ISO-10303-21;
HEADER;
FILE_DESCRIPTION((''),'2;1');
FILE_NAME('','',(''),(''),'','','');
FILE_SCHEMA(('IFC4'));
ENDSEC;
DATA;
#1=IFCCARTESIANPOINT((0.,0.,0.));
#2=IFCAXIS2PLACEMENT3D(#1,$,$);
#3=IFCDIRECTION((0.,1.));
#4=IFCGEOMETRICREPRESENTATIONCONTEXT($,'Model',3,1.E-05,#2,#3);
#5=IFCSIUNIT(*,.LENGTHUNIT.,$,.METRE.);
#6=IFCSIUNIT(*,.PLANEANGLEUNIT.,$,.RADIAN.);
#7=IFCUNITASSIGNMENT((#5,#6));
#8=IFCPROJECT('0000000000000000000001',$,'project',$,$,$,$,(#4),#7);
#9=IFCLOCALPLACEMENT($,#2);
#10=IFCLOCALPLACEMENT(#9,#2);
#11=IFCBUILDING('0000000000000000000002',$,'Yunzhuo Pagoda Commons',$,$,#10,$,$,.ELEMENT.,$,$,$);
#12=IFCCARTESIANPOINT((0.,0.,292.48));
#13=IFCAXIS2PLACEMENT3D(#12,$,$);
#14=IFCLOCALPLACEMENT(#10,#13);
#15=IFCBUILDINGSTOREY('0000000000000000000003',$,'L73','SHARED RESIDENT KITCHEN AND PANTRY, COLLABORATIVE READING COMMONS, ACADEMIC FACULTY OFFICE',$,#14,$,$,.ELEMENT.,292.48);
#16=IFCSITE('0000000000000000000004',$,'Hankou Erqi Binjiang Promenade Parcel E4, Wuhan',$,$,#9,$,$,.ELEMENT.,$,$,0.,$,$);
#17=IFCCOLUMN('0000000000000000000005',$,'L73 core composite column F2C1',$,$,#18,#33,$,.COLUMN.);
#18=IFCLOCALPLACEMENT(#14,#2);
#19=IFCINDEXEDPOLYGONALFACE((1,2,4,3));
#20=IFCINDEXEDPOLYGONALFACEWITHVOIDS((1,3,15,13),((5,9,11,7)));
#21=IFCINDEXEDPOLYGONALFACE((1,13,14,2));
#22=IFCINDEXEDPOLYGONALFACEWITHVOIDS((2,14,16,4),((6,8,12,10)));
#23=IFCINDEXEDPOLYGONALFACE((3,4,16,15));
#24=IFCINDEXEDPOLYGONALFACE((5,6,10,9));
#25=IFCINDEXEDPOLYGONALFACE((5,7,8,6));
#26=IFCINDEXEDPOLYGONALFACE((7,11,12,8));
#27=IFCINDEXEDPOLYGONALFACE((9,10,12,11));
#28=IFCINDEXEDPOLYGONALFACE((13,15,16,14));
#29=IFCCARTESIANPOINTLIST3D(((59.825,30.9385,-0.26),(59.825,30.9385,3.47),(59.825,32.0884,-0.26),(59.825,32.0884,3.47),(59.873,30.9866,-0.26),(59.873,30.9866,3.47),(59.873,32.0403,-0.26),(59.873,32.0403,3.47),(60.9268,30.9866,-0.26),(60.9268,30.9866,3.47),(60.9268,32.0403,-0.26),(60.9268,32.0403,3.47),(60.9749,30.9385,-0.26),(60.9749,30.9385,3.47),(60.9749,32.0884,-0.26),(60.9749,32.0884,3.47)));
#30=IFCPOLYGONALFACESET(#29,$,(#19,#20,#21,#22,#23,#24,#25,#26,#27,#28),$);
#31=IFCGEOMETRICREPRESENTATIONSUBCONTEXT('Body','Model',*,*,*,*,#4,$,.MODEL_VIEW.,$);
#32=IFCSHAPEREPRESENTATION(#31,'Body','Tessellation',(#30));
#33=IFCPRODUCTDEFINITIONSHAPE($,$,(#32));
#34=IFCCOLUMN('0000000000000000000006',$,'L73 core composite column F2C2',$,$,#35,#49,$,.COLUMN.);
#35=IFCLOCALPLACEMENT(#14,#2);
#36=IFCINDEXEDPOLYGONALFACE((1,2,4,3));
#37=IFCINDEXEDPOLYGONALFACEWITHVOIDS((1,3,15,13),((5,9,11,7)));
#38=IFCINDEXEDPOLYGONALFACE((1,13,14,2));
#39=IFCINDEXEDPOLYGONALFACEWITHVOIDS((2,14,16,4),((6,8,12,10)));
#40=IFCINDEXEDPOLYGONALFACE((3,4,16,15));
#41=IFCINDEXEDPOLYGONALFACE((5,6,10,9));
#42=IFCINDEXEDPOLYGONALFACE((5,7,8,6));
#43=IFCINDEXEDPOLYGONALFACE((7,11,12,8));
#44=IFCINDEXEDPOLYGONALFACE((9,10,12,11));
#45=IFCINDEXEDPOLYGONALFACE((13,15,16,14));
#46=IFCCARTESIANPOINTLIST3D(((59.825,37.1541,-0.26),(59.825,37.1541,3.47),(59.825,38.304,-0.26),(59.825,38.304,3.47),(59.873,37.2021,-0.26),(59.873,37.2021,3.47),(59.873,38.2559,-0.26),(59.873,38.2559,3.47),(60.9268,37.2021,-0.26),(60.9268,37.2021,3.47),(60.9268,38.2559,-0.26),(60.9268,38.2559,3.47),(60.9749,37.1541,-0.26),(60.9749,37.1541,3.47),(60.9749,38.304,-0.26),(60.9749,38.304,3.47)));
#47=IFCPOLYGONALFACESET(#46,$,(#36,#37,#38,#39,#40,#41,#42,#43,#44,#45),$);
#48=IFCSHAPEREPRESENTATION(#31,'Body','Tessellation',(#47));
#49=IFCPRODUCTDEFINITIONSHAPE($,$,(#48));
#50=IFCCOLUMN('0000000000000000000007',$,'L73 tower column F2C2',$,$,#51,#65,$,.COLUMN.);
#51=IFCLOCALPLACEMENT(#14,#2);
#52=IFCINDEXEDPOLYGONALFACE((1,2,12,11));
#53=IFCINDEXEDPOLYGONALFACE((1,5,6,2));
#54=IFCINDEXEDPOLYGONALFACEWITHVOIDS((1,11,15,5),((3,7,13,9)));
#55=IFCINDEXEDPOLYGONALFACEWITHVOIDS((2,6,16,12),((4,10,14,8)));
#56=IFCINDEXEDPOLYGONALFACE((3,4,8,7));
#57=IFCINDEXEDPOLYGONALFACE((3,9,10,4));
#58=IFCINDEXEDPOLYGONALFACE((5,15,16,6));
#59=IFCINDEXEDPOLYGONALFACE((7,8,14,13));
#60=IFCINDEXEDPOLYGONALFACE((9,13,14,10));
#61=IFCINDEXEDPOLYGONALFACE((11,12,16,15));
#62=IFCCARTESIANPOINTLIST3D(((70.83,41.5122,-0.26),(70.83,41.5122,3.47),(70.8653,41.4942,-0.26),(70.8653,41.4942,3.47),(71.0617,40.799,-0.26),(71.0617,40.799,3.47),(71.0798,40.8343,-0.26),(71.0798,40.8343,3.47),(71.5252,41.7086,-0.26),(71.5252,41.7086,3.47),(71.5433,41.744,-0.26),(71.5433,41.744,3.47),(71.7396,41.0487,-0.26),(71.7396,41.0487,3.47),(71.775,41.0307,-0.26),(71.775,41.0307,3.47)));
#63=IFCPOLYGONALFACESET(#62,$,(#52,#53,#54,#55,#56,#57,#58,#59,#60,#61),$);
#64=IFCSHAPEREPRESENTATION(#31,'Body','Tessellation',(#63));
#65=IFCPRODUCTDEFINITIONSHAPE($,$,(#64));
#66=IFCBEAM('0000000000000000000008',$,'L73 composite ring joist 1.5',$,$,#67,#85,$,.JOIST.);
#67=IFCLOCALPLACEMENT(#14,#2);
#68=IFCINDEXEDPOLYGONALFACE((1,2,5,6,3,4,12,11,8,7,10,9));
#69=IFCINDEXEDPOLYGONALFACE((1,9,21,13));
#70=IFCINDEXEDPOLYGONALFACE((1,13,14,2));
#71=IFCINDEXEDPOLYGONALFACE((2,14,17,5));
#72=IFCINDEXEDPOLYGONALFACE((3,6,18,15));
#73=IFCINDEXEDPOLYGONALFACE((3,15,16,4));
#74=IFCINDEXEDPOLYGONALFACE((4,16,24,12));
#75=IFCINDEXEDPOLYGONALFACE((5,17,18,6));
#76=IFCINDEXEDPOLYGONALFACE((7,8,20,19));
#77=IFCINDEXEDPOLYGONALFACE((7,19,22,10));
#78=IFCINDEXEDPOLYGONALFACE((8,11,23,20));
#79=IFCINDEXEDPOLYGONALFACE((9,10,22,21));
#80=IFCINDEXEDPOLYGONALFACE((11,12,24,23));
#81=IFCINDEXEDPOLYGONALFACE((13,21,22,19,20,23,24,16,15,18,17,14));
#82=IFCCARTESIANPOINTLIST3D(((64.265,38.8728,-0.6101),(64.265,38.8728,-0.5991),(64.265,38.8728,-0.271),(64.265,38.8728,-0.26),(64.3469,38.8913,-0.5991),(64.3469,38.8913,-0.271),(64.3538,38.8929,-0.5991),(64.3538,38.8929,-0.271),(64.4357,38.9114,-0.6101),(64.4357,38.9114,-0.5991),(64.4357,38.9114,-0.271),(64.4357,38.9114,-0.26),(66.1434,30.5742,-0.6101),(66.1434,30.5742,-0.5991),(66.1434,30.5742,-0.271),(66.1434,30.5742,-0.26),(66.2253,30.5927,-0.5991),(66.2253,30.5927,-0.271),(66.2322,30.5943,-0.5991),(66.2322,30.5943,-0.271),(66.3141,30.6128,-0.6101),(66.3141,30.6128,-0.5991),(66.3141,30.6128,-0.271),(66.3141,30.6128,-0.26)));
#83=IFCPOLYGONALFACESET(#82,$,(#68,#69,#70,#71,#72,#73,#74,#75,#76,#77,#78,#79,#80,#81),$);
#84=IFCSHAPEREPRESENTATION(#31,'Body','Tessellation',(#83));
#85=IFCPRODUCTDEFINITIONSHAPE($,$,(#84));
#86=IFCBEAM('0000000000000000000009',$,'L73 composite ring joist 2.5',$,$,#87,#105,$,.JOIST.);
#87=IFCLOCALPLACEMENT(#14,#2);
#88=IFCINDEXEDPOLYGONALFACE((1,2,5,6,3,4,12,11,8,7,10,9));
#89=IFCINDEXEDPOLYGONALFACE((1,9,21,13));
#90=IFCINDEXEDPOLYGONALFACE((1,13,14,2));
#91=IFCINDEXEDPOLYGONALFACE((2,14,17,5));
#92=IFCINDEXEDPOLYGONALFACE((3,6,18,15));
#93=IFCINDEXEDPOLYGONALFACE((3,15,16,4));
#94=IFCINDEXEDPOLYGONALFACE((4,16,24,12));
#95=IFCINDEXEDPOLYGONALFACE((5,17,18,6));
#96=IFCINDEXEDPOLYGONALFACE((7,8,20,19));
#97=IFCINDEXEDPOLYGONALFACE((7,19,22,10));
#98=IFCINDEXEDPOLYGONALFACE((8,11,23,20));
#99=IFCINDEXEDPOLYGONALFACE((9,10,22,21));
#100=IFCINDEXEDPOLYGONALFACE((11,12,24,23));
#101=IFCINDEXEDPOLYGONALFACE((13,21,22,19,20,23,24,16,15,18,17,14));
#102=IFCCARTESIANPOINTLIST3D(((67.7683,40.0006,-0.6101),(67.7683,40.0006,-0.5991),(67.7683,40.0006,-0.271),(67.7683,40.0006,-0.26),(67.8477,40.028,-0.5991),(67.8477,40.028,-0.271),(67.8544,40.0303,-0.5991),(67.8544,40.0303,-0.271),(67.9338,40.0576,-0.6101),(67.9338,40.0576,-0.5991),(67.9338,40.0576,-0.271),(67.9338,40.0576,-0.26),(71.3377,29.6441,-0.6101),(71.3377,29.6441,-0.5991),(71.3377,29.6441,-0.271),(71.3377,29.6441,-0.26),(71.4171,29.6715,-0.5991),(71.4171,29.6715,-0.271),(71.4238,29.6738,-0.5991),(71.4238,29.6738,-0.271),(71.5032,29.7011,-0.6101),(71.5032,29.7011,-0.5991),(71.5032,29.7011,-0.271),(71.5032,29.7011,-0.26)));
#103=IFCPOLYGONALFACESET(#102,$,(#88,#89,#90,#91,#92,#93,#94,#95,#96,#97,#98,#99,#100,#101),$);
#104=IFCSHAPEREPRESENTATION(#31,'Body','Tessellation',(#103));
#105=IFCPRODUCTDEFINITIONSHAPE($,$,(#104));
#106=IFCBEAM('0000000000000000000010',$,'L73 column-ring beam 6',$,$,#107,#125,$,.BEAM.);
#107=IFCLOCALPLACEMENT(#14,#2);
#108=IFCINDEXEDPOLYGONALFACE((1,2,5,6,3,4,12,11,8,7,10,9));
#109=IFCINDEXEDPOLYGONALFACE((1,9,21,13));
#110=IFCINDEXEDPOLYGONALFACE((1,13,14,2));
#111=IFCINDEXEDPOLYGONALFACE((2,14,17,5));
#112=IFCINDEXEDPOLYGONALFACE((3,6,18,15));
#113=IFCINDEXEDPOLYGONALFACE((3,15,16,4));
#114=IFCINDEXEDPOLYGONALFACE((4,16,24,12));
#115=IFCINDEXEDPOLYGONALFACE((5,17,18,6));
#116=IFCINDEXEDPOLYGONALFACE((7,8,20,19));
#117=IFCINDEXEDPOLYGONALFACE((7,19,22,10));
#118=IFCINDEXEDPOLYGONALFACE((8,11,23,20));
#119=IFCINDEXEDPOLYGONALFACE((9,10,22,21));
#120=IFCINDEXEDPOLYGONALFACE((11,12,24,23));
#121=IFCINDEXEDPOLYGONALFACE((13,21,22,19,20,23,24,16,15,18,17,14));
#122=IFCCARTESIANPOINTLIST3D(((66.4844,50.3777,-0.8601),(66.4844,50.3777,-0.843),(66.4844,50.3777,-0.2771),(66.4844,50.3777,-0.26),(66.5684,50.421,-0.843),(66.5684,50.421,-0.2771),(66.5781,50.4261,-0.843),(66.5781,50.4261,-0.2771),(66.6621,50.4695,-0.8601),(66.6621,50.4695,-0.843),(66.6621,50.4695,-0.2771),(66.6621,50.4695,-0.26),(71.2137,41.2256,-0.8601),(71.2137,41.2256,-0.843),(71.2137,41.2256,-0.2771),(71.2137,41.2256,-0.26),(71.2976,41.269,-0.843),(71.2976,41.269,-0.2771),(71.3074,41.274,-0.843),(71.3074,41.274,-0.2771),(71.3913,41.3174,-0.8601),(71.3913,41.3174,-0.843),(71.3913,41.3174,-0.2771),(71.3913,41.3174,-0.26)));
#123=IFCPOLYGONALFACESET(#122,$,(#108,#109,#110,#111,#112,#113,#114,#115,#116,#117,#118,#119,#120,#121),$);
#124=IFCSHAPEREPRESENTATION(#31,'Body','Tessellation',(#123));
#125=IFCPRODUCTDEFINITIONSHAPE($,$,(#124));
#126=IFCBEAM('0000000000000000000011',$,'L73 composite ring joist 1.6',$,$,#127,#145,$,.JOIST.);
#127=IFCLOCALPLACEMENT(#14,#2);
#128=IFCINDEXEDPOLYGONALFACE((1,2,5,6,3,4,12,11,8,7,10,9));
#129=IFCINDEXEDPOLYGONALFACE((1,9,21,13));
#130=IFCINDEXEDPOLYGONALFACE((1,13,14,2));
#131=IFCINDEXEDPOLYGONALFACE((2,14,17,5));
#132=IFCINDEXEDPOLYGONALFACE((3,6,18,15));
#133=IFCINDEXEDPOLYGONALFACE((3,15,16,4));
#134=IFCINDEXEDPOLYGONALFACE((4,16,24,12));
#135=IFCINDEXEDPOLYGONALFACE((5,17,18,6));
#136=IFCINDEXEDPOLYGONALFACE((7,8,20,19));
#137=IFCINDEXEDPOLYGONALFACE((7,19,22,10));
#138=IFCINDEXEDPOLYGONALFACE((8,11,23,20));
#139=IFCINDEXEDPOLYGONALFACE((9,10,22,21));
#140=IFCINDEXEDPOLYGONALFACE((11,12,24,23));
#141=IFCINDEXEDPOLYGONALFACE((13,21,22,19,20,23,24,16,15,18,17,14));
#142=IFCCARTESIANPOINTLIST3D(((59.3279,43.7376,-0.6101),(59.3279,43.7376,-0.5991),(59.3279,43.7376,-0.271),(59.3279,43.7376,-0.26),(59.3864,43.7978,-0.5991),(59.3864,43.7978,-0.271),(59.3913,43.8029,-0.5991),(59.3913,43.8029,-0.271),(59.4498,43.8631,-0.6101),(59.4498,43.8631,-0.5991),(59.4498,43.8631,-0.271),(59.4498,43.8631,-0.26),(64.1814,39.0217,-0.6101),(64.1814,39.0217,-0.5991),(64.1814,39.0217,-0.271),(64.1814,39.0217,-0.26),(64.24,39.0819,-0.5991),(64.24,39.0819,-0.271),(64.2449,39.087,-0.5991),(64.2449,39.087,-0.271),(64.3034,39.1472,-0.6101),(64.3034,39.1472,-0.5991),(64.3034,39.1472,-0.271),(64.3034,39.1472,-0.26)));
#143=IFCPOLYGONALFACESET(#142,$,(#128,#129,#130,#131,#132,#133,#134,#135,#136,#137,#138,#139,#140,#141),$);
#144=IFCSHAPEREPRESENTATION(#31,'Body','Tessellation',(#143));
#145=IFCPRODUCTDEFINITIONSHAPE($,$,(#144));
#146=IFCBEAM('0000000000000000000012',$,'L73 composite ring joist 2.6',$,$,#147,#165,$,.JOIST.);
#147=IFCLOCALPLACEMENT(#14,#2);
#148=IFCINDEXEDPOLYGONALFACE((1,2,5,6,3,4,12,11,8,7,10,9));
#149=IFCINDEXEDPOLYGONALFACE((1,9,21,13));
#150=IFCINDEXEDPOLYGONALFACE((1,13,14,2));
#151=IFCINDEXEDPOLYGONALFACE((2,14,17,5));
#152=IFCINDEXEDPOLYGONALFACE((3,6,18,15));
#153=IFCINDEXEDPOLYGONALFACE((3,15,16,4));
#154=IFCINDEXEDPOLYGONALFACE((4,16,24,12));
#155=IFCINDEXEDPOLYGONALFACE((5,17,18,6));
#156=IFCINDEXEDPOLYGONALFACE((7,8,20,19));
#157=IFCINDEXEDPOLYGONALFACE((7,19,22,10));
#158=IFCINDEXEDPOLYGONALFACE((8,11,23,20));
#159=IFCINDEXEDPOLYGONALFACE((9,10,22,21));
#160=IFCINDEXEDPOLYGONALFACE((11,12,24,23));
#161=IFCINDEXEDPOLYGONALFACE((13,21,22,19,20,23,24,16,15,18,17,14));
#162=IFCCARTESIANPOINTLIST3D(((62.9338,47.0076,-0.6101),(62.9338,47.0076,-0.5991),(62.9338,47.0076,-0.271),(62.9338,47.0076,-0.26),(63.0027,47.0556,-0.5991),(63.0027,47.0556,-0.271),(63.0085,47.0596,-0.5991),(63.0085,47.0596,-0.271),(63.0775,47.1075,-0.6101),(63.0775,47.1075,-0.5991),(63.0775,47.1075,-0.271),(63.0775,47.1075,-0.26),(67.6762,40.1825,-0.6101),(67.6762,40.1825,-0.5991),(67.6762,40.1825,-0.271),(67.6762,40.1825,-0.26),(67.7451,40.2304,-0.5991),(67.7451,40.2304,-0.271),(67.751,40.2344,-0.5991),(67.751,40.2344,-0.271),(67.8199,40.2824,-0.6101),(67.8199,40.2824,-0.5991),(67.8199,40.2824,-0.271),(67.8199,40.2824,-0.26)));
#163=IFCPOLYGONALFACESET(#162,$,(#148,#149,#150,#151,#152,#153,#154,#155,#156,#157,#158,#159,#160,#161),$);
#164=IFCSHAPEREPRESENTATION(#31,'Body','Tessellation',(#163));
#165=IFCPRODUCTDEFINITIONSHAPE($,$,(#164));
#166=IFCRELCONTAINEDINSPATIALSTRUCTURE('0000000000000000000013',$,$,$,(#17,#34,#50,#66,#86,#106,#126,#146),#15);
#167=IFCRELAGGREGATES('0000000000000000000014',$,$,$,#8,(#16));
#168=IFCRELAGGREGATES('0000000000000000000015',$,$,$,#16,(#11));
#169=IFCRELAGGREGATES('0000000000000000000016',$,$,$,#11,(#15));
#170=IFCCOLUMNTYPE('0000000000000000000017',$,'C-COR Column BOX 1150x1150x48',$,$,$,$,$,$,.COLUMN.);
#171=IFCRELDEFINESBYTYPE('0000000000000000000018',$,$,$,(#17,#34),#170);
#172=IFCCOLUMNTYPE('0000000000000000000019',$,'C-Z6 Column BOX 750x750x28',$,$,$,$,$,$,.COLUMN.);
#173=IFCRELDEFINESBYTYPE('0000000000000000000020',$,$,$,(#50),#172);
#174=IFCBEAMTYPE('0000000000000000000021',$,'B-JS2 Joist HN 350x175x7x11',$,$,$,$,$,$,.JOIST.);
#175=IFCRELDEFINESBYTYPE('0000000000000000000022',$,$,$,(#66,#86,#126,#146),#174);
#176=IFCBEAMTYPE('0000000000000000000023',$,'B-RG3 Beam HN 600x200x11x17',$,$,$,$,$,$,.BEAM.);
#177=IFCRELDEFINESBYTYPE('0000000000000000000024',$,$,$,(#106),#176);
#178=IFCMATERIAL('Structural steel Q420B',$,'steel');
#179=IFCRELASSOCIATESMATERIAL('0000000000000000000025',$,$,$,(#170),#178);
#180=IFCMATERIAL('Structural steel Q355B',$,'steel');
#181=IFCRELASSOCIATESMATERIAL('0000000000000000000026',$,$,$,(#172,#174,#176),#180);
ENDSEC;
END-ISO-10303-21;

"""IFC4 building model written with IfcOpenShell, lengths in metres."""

from ifc_helpers import new_model, si_unit, direction, frame, origin, origin_2d, place, context, subcontext, project, spatial, hollow_rectangle, i_section, extrude, source, transform, mapped, material, material_profile, profile_set, type_object, element, save


model = new_model("IFC4")

# Units and contexts
model_context = context("Model", 3, precision=1e-05, world=origin(), true_north=direction((0.0, 1.0)))
body_context = subcontext(model_context, "Body", "Model", "MODEL_VIEW")
ifc_project = project(units=[si_unit("LENGTHUNIT", "METRE"), si_unit("PLANEANGLEUNIT", "RADIAN")], contexts=[model_context])

# Site, building, storey
site_placement = place(None, origin())
site = spatial("IfcSite", under=ifc_project, at=site_placement, Name="Hankou Erqi Binjiang Promenade Parcel E4, Wuhan", CompositionType="ELEMENT", RefElevation=0.0)
building_placement = place(site_placement, origin())
building = spatial("IfcBuilding", under=site, at=building_placement, Name="Yunzhuo Pagoda Commons", CompositionType="ELEMENT")
storey_placement = place(building_placement, frame((0.0, 0.0, 292.48)))
storey = spatial("IfcBuildingStorey", under=building, at=storey_placement, Name="L73", Description="SHARED RESIDENT KITCHEN AND PANTRY, COLLABORATIVE READING COMMONS, ACADEMIC FACULTY OFFICE", CompositionType="ELEMENT", Elevation=292.48)

# Columns
ifc_material_1 = material(Name="Structural steel Q420B", Category="steel")
ifc_material_profile_1 = material_profile(ifc_material_1, hollow_rectangle(XDim=1.1499, YDim=1.1499, WallThickness=0.0481, at=origin_2d()), Name="Structural steel Q420B")
ifc_profile_set_1 = profile_set([ifc_material_profile_1], Name="Structural steel Q420B")
column_type_1 = type_object("IfcColumnType", Name="C-COR Column BOX 1150x1150x48", PredefinedType="COLUMN", material=ifc_profile_set_1)
shared_shape_1 = source(origin(), body_context, "Body", "SweptSolid", [
    extrude(hollow_rectangle(XDim=1.1499, YDim=1.1499, WallThickness=0.0481, at=origin_2d()), origin(), (0.0, 0.0, 1.0), 3.73),
])
for number, where, z_axis, x_axis, name in (
    (1, (60.3999, 31.5134, -0.26), (0.0, 0.0, 1.0), (1.0, 0.0, 0.0), "L73 core composite column F2C1"),
    (2, (60.3999, 37.729, -0.26), (0.0, 0.0, 1.0), (1.0, 0.0, 0.0), "L73 core composite column F2C2"),
):
    element("IfcColumn", number, at=place(storey_placement, frame(where, z_axis=z_axis, x_axis=x_axis)), inside=storey, type_object=column_type_1, Name=name, PredefinedType="COLUMN", context=body_context, shape_type="MappedRepresentation", body=[
        mapped(shared_shape_1, transform((0.0, 0.0, 0.0), scale=1.0)),
    ])
ifc_material_2 = material(Name="Structural steel Q355B", Category="steel")
ifc_material_profile_2 = material_profile(ifc_material_2, hollow_rectangle(XDim=0.75, YDim=0.75, WallThickness=0.0281, at=origin_2d()), Name="Structural steel Q355B")
ifc_profile_set_2 = profile_set([ifc_material_profile_2], Name="Structural steel Q355B")
column_type_2 = type_object("IfcColumnType", Name="C-Z6 Column BOX 750x750x28", PredefinedType="COLUMN", material=ifc_profile_set_2)
shared_shape_2 = source(origin(), body_context, "Body", "SweptSolid", [
    extrude(hollow_rectangle(XDim=0.75, YDim=0.75, WallThickness=0.0281, at=origin_2d()), origin(), (0.0, 0.0, 1.0), 3.73),
])
column_placement = place(storey_placement, frame((71.3025, 41.2715, -0.26), z_axis=(0.0, 0.0, 1.0), x_axis=(-0.309017, 0.951057, 0.0)))
element("IfcColumn", 3, at=column_placement, inside=storey, type_object=column_type_2, Name="L73 tower column F2C2", PredefinedType="COLUMN", context=body_context, shape_type="MappedRepresentation", body=[
    mapped(shared_shape_2, transform((0.0, 0.0, 0.0), scale=1.0)),
])

# Beams
ifc_material_profile_3 = material_profile(ifc_material_2, i_section(OverallWidth=0.175, OverallDepth=0.3501, WebThickness=0.0071, FlangeThickness=0.011, at=origin_2d()), Name="Structural steel Q355B")
ifc_profile_set_3 = profile_set([ifc_material_profile_3], Name="Structural steel Q355B")
beam_type_1 = type_object("IfcBeamType", Name="B-JS2 Joist HN 350x175x7x11", PredefinedType="JOIST", material=ifc_profile_set_3)
shared_shape_3 = source(origin(), body_context, "Body", "SweptSolid", [
    extrude(i_section(OverallWidth=0.175, OverallDepth=0.3501, WebThickness=0.0071, FlangeThickness=0.011, at=origin_2d()), origin(), (0.0, 0.0, 1.0), 8.5085),
])
beam_1_placement = place(storey_placement, frame((66.2288, 30.5935, -0.4351), z_axis=(-0.220769, 0.975326, 0.0), x_axis=(-0.975326, -0.220769, 0.0)))
element("IfcBeam", 4, at=beam_1_placement, inside=storey, type_object=beam_type_1, Name="L73 composite ring joist 1.5", PredefinedType="JOIST", context=body_context, shape_type="MappedRepresentation", body=[
    mapped(shared_shape_3, transform((0.0, 0.0, 0.0), scale=1.0)),
])
shared_shape_4 = source(origin(), body_context, "Body", "SweptSolid", [
    extrude(i_section(OverallWidth=0.175, OverallDepth=0.3501, WebThickness=0.0071, FlangeThickness=0.011, at=origin_2d()), origin(), (0.0, 0.0, 1.0), 10.9543),
])
beam_2_placement = place(storey_placement, frame((71.4204, 29.6726, -0.4351), z_axis=(-0.32584, 0.945425, 0.0), x_axis=(-0.945425, -0.32584, 0.0)))
element("IfcBeam", 5, at=beam_2_placement, inside=storey, type_object=beam_type_1, Name="L73 composite ring joist 2.5", PredefinedType="JOIST", context=body_context, shape_type="MappedRepresentation", body=[
    mapped(shared_shape_4, transform((0.0, 0.0, 0.0), scale=1.0)),
])
ifc_material_profile_4 = material_profile(ifc_material_2, i_section(OverallWidth=0.2, OverallDepth=0.6001, WebThickness=0.011, FlangeThickness=0.0171, at=origin_2d()), Name="Structural steel Q355B")
ifc_profile_set_4 = profile_set([ifc_material_profile_4], Name="Structural steel Q355B")
beam_type_2 = type_object("IfcBeamType", Name="B-RG3 Beam HN 600x200x11x17", PredefinedType="BEAM", material=ifc_profile_set_4)
shared_shape_5 = source(origin(), body_context, "Body", "SweptSolid", [
    extrude(i_section(OverallWidth=0.2, OverallDepth=0.6001, WebThickness=0.011, FlangeThickness=0.0171, at=origin_2d()), origin(), (0.0, 0.0, 1.0), 10.3018),
])
beam_3_placement = place(storey_placement, frame((71.3025, 41.2715, -0.5601), z_axis=(-0.459071, 0.8884, 0.0), x_axis=(-0.8884, -0.459071, 0.0)))
element("IfcBeam", 6, at=beam_3_placement, inside=storey, type_object=beam_type_2, Name="L73 column-ring beam 6", PredefinedType="BEAM", context=body_context, shape_type="MappedRepresentation", body=[
    mapped(shared_shape_5, transform((0.0, 0.0, 0.0), scale=1.0)),
])
shared_shape_6 = source(origin(), body_context, "Body", "SweptSolid", [
    extrude(i_section(OverallWidth=0.175, OverallDepth=0.3501, WebThickness=0.0071, FlangeThickness=0.011, at=origin_2d()), origin(), (0.0, 0.0, 1.0), 6.7673),
])
beam_4_placement = place(storey_placement, frame((64.2424, 39.0845, -0.4351), z_axis=(-0.717207, 0.69686, 0.0), x_axis=(-0.69686, -0.717207, 0.0)))
element("IfcBeam", 7, at=beam_4_placement, inside=storey, type_object=beam_type_1, Name="L73 composite ring joist 1.6", PredefinedType="JOIST", context=body_context, shape_type="MappedRepresentation", body=[
    mapped(shared_shape_6, transform((0.0, 0.0, 0.0), scale=1.0)),
])
shared_shape_7 = source(origin(), body_context, "Body", "SweptSolid", [
    extrude(i_section(OverallWidth=0.175, OverallDepth=0.3501, WebThickness=0.0071, FlangeThickness=0.011, at=origin_2d()), origin(), (0.0, 0.0, 1.0), 8.311),
])
beam_5_placement = place(storey_placement, frame((67.748, 40.2324, -0.4351), z_axis=(-0.570616, 0.821217, 0.0), x_axis=(-0.821217, -0.570616, 0.0)))
element("IfcBeam", 8, at=beam_5_placement, inside=storey, type_object=beam_type_1, Name="L73 composite ring joist 2.6", PredefinedType="JOIST", context=body_context, shape_type="MappedRepresentation", body=[
    mapped(shared_shape_7, transform((0.0, 0.0, 0.0), scale=1.0)),
])

save(model, "model.ifc")
